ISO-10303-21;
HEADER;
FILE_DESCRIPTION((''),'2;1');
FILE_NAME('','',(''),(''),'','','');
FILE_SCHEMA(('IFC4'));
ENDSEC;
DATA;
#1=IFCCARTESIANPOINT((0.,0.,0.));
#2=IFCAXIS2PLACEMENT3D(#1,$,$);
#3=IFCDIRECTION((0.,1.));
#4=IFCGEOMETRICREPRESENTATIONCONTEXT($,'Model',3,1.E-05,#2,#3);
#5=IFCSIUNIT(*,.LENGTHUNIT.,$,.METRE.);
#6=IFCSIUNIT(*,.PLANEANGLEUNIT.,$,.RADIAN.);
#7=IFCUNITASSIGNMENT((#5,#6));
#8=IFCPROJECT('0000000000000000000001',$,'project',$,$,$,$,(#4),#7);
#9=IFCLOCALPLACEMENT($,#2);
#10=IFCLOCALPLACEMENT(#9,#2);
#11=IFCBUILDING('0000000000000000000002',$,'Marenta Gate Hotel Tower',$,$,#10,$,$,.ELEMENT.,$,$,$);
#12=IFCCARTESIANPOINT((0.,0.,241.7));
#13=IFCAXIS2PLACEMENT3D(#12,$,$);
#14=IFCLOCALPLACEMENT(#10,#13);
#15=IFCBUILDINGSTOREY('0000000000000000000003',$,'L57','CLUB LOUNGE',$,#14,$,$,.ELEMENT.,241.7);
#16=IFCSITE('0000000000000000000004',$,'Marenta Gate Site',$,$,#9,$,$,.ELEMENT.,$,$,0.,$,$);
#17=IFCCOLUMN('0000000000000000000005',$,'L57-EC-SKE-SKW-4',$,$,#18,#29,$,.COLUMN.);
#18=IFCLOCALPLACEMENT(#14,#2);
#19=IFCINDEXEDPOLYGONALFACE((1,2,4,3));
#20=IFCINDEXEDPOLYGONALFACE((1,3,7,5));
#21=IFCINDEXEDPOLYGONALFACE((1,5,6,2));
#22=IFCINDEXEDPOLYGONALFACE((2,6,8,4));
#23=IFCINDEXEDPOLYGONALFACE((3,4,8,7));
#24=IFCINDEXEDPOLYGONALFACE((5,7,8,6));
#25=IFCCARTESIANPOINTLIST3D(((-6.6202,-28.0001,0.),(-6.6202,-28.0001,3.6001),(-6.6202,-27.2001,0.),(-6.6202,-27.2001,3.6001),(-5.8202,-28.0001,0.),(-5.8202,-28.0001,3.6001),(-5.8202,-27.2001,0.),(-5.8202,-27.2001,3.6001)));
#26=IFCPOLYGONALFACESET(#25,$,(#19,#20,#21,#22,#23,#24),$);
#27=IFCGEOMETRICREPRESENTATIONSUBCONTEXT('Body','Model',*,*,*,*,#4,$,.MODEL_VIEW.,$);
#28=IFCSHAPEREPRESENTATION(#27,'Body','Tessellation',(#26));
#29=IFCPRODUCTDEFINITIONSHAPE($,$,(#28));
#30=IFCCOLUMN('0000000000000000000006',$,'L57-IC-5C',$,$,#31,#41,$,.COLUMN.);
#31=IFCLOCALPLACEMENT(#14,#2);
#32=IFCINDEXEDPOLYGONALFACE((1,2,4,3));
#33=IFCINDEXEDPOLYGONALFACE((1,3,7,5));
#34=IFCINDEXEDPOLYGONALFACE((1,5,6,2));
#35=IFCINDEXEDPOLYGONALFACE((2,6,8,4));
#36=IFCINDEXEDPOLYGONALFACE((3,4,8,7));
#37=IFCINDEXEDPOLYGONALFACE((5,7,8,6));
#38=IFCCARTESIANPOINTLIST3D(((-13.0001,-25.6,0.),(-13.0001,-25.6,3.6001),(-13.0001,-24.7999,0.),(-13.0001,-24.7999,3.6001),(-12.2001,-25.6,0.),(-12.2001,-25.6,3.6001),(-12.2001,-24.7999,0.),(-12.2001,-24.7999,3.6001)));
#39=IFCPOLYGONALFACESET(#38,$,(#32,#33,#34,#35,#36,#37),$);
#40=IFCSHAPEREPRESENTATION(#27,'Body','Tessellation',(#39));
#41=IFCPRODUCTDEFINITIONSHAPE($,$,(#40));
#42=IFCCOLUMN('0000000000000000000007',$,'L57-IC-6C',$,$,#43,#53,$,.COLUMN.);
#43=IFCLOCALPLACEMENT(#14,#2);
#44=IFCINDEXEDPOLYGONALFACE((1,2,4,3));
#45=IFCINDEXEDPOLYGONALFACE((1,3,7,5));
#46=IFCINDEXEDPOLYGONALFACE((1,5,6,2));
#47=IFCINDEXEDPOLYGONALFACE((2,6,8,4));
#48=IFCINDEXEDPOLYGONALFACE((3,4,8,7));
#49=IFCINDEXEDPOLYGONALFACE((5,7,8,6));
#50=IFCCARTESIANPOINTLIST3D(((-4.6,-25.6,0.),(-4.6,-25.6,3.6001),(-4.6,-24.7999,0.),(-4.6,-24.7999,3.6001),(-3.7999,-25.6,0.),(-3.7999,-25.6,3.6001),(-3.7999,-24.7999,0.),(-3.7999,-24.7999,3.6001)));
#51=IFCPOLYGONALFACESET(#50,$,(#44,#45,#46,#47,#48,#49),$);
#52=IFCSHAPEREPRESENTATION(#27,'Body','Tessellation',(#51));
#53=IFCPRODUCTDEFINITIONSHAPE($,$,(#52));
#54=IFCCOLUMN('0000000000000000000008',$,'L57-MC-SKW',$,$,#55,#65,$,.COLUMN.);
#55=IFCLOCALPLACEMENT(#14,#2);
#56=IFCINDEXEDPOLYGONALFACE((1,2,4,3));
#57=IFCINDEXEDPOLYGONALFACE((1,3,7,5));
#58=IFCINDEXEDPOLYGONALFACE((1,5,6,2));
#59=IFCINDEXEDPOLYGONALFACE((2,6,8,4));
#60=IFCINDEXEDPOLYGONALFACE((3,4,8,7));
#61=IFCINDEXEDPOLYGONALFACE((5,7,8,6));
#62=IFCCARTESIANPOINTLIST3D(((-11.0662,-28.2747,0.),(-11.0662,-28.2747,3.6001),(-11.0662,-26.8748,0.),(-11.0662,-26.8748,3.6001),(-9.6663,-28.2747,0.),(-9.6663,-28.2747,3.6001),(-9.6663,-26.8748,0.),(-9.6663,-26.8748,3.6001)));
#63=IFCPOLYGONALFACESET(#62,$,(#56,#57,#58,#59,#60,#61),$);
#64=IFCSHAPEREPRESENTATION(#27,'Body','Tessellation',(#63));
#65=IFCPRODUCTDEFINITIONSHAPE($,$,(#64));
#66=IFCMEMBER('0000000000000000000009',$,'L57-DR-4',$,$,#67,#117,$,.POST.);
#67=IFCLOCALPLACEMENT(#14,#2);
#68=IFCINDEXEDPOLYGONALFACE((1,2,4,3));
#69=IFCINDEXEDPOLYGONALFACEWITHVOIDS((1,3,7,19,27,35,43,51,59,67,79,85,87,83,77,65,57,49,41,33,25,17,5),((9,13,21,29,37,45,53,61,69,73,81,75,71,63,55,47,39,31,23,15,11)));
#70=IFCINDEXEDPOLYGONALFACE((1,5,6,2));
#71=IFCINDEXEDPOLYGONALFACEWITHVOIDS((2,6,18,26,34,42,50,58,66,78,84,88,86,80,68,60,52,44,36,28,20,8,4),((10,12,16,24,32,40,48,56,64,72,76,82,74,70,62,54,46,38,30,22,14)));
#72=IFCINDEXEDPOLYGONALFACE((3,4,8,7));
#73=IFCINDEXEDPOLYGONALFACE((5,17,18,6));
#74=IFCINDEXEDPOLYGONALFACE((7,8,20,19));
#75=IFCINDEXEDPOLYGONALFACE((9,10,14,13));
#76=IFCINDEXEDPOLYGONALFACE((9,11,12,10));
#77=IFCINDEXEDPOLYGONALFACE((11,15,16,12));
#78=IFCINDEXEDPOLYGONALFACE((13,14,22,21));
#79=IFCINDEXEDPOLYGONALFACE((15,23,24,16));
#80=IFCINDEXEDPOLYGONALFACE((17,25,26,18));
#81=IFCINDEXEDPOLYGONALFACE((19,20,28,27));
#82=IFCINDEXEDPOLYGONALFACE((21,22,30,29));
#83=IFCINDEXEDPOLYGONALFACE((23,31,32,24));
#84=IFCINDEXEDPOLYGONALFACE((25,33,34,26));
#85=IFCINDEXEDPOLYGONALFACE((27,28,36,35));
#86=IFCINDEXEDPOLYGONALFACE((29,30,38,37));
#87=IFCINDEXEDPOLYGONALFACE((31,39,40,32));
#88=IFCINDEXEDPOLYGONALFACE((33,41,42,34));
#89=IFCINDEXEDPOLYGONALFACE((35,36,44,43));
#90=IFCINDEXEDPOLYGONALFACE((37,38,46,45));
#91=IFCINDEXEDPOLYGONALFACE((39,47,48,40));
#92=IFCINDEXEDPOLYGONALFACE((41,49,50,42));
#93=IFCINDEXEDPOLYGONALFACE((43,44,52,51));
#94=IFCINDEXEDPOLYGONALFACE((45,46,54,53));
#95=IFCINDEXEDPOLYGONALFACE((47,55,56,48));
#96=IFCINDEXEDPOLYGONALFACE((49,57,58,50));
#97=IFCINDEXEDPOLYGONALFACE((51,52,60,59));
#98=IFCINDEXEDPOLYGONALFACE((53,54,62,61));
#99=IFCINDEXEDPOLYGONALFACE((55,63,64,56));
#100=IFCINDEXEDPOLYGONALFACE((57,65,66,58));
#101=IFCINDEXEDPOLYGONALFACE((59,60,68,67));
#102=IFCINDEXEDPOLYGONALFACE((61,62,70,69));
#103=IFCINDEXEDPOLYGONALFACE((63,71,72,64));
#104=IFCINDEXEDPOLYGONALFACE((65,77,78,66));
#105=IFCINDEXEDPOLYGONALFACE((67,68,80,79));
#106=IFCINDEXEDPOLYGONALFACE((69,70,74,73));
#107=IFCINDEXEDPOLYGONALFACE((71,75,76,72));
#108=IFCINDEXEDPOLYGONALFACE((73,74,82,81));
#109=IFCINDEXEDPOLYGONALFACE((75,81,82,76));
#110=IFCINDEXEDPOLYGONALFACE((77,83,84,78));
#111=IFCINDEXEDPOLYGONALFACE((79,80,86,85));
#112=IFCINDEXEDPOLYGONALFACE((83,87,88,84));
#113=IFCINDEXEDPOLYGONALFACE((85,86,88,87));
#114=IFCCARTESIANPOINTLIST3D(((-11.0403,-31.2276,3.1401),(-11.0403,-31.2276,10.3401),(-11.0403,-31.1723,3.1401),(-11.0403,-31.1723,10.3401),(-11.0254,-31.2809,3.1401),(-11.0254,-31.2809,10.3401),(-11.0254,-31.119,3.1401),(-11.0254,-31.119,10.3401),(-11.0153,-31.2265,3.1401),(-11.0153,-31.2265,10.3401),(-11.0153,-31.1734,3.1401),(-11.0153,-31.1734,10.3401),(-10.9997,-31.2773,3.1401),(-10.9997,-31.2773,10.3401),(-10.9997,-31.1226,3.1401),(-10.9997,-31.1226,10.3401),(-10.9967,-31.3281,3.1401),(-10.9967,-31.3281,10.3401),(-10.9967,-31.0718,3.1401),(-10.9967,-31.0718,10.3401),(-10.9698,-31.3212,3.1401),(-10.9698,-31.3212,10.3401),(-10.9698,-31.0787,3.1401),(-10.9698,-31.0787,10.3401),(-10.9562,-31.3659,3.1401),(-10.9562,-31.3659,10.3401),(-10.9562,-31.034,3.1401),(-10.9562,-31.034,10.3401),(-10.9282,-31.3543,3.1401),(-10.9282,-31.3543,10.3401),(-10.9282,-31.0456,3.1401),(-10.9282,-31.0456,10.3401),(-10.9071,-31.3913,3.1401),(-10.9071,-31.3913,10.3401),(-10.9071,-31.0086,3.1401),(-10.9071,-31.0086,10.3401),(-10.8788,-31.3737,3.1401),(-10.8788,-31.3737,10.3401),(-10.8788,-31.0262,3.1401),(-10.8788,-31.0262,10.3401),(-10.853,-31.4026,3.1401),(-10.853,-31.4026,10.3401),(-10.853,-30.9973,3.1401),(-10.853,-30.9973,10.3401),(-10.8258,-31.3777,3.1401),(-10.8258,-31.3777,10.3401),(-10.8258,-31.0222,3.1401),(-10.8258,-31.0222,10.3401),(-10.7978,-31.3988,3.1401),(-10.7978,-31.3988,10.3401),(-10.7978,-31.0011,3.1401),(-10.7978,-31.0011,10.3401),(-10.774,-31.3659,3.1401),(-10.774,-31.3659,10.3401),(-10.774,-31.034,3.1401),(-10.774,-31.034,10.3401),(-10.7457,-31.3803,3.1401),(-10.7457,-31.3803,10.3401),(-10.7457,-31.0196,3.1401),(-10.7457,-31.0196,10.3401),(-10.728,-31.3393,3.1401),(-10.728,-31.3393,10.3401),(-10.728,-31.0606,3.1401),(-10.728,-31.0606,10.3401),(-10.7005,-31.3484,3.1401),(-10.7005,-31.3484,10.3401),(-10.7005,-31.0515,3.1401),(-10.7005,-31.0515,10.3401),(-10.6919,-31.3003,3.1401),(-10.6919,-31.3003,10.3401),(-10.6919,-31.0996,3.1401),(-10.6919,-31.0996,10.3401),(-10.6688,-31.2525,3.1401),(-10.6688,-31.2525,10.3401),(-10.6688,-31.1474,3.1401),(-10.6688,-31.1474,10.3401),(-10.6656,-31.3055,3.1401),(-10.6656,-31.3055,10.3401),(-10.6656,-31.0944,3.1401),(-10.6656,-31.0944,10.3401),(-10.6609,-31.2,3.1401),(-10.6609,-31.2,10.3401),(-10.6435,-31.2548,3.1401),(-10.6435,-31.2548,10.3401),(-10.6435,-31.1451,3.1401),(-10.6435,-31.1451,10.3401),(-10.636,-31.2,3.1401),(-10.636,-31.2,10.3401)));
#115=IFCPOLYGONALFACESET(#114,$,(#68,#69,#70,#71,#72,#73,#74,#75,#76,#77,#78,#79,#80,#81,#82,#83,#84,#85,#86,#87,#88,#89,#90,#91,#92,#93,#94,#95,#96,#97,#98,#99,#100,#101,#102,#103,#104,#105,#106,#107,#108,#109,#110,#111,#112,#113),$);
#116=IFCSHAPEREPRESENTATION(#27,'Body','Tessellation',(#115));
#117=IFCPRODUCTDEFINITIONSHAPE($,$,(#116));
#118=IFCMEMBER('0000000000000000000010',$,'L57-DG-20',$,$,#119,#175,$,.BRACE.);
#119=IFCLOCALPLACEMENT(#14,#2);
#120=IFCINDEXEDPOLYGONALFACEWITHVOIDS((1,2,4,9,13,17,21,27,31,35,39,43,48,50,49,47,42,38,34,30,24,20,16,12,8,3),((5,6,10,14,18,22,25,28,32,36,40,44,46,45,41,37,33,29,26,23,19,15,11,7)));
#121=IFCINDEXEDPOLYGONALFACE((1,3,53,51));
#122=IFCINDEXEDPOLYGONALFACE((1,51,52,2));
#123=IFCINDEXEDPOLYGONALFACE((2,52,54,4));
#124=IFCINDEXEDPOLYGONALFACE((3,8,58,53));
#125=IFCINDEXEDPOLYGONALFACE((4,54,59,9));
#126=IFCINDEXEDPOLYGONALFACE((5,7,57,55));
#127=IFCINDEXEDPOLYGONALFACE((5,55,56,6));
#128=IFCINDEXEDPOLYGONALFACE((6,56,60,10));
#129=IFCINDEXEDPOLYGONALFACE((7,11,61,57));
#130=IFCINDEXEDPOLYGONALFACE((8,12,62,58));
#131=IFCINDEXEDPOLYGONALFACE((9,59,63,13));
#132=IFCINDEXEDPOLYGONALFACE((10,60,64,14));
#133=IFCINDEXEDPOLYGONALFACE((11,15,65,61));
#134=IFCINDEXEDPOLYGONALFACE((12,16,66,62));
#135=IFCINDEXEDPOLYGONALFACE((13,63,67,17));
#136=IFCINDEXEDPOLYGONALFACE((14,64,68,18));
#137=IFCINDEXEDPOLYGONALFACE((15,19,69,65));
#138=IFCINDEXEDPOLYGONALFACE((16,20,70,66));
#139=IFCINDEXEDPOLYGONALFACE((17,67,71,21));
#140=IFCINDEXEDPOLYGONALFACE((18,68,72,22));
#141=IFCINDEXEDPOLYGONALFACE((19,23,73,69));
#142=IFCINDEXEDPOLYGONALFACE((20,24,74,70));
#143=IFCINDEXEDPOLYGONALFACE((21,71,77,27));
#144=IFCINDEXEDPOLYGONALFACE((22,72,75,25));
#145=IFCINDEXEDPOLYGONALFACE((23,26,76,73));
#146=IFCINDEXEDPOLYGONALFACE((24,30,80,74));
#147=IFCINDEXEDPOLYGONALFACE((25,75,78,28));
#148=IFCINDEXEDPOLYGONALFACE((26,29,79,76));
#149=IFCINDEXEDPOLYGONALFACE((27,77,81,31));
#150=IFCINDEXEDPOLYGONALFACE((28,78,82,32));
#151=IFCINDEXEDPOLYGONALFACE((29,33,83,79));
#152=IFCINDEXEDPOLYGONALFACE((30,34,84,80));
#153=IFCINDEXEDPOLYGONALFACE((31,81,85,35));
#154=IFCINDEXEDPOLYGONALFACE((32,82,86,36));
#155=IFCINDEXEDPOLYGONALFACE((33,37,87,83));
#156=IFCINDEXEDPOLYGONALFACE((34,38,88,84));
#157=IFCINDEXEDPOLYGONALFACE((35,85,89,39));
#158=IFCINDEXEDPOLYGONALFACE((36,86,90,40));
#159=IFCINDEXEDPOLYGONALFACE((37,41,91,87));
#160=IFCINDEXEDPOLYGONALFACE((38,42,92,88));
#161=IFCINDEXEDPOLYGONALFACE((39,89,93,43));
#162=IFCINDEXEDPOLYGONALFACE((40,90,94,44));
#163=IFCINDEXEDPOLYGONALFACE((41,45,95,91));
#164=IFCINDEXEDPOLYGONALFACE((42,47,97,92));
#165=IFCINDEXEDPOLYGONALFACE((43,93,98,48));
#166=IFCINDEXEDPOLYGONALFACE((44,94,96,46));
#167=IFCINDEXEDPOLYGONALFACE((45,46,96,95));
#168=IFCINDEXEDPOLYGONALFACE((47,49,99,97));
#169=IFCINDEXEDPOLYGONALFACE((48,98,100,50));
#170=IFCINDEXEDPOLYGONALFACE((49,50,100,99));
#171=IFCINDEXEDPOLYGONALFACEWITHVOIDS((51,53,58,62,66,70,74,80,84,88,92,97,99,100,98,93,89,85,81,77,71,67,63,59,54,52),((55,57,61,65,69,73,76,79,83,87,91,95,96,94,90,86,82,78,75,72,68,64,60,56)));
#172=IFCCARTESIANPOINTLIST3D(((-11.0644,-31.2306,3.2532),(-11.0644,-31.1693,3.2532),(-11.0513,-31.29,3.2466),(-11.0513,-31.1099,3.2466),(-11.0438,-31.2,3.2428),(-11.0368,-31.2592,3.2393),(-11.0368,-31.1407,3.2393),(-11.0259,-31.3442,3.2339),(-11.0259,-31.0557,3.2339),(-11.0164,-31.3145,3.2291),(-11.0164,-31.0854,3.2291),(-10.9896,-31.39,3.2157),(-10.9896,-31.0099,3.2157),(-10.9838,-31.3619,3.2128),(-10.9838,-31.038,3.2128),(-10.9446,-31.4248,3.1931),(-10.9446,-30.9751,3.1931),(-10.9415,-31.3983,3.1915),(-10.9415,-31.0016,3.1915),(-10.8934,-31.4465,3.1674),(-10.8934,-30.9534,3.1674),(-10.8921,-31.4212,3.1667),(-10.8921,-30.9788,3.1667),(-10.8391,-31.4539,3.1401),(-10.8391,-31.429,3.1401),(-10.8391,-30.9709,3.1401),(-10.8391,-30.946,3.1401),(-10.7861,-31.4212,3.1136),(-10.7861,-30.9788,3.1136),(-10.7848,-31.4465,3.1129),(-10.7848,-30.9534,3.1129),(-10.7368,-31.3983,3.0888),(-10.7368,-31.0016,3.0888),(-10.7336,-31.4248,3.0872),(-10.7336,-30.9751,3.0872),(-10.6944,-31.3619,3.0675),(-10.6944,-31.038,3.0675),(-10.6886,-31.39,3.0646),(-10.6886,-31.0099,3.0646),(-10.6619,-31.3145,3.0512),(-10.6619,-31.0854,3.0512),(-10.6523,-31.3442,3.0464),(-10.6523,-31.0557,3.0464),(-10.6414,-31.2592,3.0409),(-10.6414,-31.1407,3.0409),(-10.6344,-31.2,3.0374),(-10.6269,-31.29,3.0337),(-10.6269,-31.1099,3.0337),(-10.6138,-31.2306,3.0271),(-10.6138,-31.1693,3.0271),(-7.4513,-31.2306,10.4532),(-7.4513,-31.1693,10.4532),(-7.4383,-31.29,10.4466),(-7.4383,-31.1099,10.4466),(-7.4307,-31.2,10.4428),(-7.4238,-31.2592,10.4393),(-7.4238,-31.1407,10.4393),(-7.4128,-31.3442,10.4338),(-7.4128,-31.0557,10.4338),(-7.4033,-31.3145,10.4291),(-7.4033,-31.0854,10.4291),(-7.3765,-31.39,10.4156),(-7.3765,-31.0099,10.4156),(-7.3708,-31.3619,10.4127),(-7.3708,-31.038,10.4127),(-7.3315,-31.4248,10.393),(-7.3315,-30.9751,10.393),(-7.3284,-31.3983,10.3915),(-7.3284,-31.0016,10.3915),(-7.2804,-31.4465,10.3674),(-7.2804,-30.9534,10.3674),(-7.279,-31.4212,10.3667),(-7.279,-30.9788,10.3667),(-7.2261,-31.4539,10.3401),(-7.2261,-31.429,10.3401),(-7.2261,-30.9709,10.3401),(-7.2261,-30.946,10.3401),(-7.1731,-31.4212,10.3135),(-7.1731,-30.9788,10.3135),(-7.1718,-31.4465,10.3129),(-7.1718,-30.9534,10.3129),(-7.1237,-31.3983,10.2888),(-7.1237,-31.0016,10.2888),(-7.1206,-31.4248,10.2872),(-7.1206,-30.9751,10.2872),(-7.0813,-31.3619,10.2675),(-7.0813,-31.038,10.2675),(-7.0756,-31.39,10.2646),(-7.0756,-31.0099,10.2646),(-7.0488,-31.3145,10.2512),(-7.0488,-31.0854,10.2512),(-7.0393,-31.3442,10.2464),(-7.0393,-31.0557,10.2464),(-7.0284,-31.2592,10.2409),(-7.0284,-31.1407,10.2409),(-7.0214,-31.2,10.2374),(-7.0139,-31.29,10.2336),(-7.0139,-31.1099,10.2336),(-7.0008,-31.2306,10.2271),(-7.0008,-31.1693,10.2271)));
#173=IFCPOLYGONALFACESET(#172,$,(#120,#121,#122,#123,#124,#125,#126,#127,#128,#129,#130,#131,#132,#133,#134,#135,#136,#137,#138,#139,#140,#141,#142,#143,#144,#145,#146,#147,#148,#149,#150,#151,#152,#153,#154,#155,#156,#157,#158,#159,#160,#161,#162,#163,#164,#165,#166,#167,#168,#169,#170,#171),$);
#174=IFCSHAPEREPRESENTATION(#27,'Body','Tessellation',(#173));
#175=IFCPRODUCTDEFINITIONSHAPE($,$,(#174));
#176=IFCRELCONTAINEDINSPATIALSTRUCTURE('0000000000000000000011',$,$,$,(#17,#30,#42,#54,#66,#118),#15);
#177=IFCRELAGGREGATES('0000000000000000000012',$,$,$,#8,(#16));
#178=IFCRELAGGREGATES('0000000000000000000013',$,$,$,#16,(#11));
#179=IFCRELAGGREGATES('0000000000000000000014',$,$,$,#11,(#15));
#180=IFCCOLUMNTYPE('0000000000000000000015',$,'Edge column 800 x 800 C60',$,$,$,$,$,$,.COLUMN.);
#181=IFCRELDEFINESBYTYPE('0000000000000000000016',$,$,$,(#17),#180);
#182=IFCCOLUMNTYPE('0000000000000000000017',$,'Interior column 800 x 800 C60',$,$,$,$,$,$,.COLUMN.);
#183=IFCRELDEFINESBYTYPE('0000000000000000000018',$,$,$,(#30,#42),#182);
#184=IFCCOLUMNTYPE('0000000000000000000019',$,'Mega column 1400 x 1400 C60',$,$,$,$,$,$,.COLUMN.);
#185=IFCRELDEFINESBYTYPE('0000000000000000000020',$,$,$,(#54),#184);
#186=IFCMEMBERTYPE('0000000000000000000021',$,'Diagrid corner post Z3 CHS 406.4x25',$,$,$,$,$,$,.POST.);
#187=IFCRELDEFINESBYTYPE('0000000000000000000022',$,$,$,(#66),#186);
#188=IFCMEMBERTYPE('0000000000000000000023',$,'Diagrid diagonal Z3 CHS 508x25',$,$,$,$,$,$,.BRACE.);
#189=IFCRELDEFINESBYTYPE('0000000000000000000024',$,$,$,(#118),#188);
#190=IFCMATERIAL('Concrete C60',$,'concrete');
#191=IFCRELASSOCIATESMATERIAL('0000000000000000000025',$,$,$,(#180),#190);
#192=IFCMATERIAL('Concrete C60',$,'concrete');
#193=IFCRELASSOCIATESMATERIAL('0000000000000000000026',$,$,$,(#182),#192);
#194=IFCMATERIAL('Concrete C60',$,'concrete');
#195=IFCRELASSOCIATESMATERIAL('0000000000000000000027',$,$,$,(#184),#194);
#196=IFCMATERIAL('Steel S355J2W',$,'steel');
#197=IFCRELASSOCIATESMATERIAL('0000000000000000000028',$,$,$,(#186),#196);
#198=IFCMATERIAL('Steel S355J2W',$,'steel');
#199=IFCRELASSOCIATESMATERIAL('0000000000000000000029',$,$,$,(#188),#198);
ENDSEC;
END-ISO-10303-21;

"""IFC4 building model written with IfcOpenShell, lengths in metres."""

from ifc_helpers import new_model, si_unit, direction, frame, origin, origin_2d, place, context, subcontext, project, spatial, rectangle, hollow_circle, extrude, material, material_profile, profile_set, type_object, element, save


model = new_model("IFC4")

# Units and contexts
model_context = context("Model", 3, precision=1e-05, world=origin(), true_north=direction((0.0, 1.0)))
body_context = subcontext(model_context, "Body", "Model", "MODEL_VIEW")
ifc_project = project(units=[si_unit("LENGTHUNIT", "METRE"), si_unit("PLANEANGLEUNIT", "RADIAN")], contexts=[model_context])

# Site, building, storey
site_placement = place(None, origin())
site = spatial("IfcSite", under=ifc_project, at=site_placement, Name="Marenta Gate Site", CompositionType="ELEMENT", RefElevation=0.0)
building_placement = place(site_placement, origin())
building = spatial("IfcBuilding", under=site, at=building_placement, Name="Marenta Gate Hotel Tower", CompositionType="ELEMENT")
storey_placement = place(building_placement, frame((0.0, 0.0, 241.7)))
storey = spatial("IfcBuildingStorey", under=building, at=storey_placement, Name="L57", Description="CLUB LOUNGE", CompositionType="ELEMENT", Elevation=241.7)

# Columns
ifc_material_1 = material(Name="Concrete C60", Category="concrete")
ifc_material_profile_1 = material_profile(ifc_material_1, rectangle(XDim=0.8, YDim=0.8, at=origin_2d()), Name="800 x 800")
ifc_profile_set_1 = profile_set([ifc_material_profile_1], Name="Concrete C60")
column_type_1 = type_object("IfcColumnType", Name="Edge column 800 x 800 C60", PredefinedType="COLUMN", material=ifc_profile_set_1)
column_1_placement = place(storey_placement, frame((-6.2202, -27.6001, 0.0), z_axis=(0.0, 0.0, 1.0), x_axis=(1.0, 0.0, 0.0)))
element("IfcColumn", 1, at=column_1_placement, inside=storey, type_object=column_type_1, Name="L57-EC-SKE-SKW-4", PredefinedType="COLUMN", context=body_context, shape_type="SweptSolid", body=[
    extrude(rectangle(XDim=0.8, YDim=0.8, at=origin_2d()), origin(), (0.0, 0.0, 1.0), 3.6001),
])
ifc_material_2 = material(Name="Concrete C60", Category="concrete")
ifc_material_profile_2 = material_profile(ifc_material_2, rectangle(XDim=0.8, YDim=0.8, at=origin_2d()), Name="800 x 800")
ifc_profile_set_2 = profile_set([ifc_material_profile_2], Name="Concrete C60")
column_type_2 = type_object("IfcColumnType", Name="Interior column 800 x 800 C60", PredefinedType="COLUMN", material=ifc_profile_set_2)
for number, where, z_axis, x_axis, name in (
    (2, (-12.6001, -25.2, 0.0), (0.0, 0.0, 1.0), (1.0, 0.0, 0.0), "L57-IC-5C"),
    (3, (-4.2, -25.2, 0.0), (0.0, 0.0, 1.0), (1.0, 0.0, 0.0), "L57-IC-6C"),
):
    element("IfcColumn", number, at=place(storey_placement, frame(where, z_axis=z_axis, x_axis=x_axis)), inside=storey, type_object=column_type_2, Name=name, PredefinedType="COLUMN", context=body_context, shape_type="SweptSolid", body=[
        extrude(rectangle(XDim=0.8, YDim=0.8, at=origin_2d()), origin(), (0.0, 0.0, 1.0), 3.6001),
    ])
ifc_material_3 = material(Name="Concrete C60", Category="concrete")
ifc_material_profile_3 = material_profile(ifc_material_3, rectangle(XDim=1.3999, YDim=1.3999, at=origin_2d()), Name="1400 x 1400")
ifc_profile_set_3 = profile_set([ifc_material_profile_3], Name="Concrete C60")
column_type_3 = type_object("IfcColumnType", Name="Mega column 1400 x 1400 C60", PredefinedType="COLUMN", material=ifc_profile_set_3)
column_2_placement = place(storey_placement, frame((-10.3662, -27.5747, 0.0), z_axis=(0.0, 0.0, 1.0), x_axis=(1.0, 0.0, 0.0)))
element("IfcColumn", 4, at=column_2_placement, inside=storey, type_object=column_type_3, Name="L57-MC-SKW", PredefinedType="COLUMN", context=body_context, shape_type="SweptSolid", body=[
    extrude(rectangle(XDim=1.3999, YDim=1.3999, at=origin_2d()), origin(), (0.0, 0.0, 1.0), 3.6001),
])

# Members
ifc_material_4 = material(Name="Steel S355J2W", Category="steel")
ifc_material_profile_4 = material_profile(ifc_material_4, hollow_circle(Radius=0.2031, WallThickness=0.0249, at=origin_2d()), Name="CHS 406.4x25")
ifc_profile_set_4 = profile_set([ifc_material_profile_4], Name="Steel S355J2W")
member_type_1 = type_object("IfcMemberType", Name="Diagrid corner post Z3 CHS 406.4x25", PredefinedType="POST", material=ifc_profile_set_4)
member_1_placement = place(storey_placement, frame((-10.8391, -31.2, 3.1401), z_axis=(0.0, 0.0, 1.0), x_axis=(1.0, 0.0, 0.0)))
element("IfcMember", 5, at=member_1_placement, inside=storey, type_object=member_type_1, Name="L57-DR-4", PredefinedType="POST", context=body_context, shape_type="SweptSolid", body=[
    extrude(hollow_circle(Radius=0.2031, WallThickness=0.0249, at=origin_2d()), origin(), (0.0, 0.0, 1.0), 7.2),
])
ifc_material_5 = material(Name="Steel S355J2W", Category="steel")
ifc_material_profile_5 = material_profile(ifc_material_5, hollow_circle(Radius=0.2539, WallThickness=0.0249, at=origin_2d()), Name="CHS 508x25")
ifc_profile_set_5 = profile_set([ifc_material_profile_5], Name="Steel S355J2W")
member_type_2 = type_object("IfcMemberType", Name="Diagrid diagonal Z3 CHS 508x25", PredefinedType="BRACE", material=ifc_profile_set_5)
member_2_placement = place(storey_placement, frame((-10.8391, -31.2, 3.1401), z_axis=(0.44851, 0.0, 0.893778), x_axis=(0.0, 1.0, 0.0)))
element("IfcMember", 6, at=member_2_placement, inside=storey, type_object=member_type_2, Name="L57-DG-20", PredefinedType="BRACE", context=body_context, shape_type="SweptSolid", body=[
    extrude(hollow_circle(Radius=0.2539, WallThickness=0.0249, at=origin_2d()), origin(), (0.0, 0.0, 1.0), 8.0557),
])

save(model, "model.ifc")
